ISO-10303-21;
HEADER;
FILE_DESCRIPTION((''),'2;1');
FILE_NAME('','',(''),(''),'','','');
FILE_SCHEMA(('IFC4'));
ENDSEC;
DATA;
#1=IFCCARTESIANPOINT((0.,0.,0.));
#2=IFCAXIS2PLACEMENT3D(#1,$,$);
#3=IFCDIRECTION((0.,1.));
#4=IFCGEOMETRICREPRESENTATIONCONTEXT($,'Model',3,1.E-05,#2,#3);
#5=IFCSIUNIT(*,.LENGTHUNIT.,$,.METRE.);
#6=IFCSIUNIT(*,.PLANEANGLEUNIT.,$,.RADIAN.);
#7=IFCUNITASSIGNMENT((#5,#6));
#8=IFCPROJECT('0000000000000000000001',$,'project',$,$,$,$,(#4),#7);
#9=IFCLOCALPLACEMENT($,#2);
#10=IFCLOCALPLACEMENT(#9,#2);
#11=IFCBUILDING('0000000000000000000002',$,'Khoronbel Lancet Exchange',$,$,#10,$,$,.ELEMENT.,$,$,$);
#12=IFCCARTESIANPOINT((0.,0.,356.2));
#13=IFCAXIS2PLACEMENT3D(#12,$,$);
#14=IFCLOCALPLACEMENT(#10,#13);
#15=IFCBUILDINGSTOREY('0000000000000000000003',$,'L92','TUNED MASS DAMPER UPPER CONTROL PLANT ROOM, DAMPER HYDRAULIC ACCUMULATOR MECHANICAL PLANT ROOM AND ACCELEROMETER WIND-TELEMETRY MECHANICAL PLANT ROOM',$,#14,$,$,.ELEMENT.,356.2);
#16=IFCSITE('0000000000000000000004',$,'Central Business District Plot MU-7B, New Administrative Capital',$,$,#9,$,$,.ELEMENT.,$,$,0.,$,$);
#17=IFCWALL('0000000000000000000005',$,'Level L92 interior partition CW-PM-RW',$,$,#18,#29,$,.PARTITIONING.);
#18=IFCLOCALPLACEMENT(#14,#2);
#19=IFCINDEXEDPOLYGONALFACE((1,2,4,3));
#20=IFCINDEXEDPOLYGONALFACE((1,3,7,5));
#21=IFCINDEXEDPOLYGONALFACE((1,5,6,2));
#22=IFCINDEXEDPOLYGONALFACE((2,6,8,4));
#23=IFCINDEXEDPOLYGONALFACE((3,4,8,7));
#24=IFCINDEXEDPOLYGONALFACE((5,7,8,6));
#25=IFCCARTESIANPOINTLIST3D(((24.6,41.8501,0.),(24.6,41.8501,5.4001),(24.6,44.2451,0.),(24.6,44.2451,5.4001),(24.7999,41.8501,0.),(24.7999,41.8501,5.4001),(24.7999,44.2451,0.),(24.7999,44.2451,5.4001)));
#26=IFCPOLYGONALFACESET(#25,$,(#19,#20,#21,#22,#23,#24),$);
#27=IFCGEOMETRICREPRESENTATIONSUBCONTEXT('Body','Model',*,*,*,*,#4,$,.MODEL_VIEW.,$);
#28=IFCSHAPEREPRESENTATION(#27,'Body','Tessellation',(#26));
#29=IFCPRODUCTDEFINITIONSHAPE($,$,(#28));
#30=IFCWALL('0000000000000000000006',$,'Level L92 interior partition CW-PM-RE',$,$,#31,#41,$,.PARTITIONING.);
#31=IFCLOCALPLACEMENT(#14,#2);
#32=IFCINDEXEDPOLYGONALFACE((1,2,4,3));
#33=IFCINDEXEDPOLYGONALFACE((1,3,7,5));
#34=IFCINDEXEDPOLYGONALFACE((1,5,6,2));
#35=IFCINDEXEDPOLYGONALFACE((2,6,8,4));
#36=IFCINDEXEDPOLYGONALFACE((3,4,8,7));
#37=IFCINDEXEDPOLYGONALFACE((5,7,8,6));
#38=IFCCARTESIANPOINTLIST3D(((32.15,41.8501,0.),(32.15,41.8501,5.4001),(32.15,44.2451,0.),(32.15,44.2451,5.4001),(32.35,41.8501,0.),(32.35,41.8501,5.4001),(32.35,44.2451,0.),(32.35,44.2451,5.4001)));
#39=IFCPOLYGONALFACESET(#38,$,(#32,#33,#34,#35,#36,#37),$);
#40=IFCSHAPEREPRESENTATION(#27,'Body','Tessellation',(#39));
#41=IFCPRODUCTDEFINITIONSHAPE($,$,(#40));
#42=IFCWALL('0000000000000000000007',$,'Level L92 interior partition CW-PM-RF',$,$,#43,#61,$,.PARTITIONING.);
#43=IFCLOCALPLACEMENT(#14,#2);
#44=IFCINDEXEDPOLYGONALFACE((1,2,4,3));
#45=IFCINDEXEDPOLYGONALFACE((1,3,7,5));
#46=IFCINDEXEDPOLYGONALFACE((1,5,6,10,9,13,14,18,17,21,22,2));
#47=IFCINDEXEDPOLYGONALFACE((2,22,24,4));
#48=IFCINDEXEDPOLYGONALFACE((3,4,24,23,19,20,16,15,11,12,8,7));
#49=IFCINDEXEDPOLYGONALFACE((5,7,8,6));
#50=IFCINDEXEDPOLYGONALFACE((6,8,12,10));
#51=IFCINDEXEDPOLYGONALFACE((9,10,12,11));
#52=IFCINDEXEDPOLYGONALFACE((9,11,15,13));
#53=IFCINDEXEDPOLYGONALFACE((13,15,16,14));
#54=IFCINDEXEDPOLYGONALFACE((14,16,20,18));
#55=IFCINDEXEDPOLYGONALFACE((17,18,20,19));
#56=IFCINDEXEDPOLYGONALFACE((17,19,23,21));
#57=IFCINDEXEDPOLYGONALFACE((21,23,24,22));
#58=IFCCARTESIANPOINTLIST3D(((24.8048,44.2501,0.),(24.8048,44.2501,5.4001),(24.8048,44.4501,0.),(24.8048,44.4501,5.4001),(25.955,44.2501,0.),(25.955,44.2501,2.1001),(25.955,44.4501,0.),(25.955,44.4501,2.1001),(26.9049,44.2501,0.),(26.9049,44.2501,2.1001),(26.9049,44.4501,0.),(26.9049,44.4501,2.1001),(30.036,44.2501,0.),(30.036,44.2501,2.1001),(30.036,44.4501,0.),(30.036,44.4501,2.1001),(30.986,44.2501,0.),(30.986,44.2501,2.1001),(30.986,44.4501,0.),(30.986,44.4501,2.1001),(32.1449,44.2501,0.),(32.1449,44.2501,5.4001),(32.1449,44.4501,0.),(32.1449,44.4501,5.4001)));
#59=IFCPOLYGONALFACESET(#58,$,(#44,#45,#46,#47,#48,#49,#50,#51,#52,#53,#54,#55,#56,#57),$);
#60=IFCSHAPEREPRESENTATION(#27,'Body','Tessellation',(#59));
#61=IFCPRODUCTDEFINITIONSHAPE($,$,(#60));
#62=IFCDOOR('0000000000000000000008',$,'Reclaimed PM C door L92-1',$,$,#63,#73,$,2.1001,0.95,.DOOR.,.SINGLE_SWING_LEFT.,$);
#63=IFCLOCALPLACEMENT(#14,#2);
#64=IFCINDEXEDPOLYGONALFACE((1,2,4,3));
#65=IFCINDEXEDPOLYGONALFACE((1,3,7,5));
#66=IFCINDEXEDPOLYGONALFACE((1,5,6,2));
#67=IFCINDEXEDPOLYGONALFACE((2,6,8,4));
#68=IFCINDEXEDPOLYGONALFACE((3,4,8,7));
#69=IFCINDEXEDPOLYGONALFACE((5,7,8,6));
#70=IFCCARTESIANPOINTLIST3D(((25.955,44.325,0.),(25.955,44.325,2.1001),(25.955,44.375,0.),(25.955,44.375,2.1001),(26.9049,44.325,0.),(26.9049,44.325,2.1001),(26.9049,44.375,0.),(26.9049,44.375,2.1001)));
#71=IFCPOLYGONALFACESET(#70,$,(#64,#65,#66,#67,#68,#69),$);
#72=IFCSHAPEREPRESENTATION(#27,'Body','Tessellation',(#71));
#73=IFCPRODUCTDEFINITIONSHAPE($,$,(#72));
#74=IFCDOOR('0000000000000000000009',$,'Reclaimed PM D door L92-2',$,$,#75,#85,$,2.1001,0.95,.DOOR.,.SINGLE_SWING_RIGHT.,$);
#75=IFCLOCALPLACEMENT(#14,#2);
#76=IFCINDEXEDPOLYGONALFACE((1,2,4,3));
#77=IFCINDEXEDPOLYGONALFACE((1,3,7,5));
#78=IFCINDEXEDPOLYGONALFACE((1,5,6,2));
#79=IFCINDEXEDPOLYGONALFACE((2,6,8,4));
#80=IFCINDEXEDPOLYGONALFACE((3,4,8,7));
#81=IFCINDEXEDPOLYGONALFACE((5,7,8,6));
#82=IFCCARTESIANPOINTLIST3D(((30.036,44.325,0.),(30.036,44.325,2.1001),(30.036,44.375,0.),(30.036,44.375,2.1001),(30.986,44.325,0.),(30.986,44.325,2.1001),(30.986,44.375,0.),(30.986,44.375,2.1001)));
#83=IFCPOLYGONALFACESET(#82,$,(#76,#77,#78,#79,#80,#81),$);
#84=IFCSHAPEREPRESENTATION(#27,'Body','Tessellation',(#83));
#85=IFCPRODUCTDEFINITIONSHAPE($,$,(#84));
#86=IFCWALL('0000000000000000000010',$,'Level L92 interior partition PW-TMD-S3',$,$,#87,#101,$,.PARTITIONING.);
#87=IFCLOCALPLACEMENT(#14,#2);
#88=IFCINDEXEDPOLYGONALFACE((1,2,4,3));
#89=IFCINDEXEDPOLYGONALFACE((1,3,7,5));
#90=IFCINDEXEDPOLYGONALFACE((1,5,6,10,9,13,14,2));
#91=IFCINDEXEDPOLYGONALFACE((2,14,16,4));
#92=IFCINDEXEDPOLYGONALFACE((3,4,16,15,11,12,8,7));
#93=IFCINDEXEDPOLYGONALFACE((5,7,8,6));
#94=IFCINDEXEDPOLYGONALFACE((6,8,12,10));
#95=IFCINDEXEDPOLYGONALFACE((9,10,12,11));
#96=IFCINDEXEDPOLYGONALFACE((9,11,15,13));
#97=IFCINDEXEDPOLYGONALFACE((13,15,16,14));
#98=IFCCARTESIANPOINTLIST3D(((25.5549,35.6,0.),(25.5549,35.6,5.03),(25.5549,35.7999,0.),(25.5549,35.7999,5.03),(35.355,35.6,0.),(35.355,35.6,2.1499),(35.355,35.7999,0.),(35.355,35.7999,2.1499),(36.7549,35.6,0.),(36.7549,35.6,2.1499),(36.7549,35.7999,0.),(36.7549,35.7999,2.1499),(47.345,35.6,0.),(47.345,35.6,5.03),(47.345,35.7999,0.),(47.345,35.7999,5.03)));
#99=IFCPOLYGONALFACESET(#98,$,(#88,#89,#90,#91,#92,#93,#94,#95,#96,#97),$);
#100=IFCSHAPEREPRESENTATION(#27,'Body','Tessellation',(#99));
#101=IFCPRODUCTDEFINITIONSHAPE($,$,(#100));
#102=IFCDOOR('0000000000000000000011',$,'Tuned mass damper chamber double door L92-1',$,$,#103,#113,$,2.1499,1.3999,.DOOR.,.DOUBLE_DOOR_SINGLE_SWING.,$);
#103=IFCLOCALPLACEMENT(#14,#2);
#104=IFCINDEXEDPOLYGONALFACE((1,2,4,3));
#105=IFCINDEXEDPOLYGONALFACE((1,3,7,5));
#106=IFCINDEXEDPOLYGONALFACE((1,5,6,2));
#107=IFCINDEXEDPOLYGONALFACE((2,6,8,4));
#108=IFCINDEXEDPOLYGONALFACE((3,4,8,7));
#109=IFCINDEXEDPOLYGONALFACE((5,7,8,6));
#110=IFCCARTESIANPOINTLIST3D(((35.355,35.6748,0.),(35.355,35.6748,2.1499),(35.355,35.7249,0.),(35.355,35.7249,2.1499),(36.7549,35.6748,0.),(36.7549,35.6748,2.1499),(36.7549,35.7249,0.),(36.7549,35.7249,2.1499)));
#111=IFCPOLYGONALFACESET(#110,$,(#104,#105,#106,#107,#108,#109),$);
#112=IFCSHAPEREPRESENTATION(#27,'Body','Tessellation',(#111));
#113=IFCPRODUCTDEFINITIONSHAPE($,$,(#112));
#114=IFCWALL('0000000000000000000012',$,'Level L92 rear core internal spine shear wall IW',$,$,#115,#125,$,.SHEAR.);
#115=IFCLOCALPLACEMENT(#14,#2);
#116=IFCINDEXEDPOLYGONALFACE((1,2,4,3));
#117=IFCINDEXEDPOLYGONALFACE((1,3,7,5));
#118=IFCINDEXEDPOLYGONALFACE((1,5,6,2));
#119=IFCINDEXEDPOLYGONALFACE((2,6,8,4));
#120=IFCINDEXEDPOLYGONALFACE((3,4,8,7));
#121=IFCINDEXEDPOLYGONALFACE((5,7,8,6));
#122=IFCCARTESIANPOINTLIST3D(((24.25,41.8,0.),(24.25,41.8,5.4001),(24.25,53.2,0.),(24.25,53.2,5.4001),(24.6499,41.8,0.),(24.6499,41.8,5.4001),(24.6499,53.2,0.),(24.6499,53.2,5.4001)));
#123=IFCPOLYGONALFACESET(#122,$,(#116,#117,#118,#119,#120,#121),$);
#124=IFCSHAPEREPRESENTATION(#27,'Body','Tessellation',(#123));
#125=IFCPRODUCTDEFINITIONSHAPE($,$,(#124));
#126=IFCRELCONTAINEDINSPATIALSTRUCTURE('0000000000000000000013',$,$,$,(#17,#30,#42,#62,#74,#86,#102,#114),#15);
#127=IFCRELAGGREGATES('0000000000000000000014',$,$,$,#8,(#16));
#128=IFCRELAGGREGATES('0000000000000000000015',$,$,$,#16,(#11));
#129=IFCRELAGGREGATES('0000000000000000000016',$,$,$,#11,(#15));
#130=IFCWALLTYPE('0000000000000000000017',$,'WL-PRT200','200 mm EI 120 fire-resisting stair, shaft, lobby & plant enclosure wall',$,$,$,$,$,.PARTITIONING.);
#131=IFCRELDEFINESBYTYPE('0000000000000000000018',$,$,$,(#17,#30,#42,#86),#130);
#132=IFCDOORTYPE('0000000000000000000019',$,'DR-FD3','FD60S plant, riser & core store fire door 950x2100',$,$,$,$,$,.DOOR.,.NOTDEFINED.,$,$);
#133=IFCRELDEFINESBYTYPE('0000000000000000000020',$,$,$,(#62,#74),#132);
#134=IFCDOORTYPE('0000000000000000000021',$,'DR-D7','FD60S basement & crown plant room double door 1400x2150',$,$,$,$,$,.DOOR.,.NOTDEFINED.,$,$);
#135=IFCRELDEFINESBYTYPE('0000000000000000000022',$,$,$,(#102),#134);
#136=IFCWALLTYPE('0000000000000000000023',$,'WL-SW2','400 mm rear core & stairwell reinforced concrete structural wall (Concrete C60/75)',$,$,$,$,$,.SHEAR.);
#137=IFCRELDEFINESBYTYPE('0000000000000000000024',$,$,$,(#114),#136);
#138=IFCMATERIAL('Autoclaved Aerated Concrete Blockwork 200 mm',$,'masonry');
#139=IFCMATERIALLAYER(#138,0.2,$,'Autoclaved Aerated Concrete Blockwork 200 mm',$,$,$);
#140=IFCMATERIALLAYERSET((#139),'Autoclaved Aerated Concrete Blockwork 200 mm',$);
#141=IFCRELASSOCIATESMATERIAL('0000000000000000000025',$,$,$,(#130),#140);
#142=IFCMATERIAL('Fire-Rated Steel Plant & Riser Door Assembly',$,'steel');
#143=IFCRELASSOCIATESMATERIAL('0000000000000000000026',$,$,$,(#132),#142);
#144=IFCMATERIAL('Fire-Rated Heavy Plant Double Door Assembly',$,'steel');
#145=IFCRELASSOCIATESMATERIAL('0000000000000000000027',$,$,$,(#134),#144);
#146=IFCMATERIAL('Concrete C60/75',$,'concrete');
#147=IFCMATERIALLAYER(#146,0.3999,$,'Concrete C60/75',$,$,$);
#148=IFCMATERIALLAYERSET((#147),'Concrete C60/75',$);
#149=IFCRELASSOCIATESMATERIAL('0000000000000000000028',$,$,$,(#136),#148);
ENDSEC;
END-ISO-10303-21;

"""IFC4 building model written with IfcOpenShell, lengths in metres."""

from ifc_helpers import new_model, si_unit, direction, frame, frame_2d, origin, place, context, subcontext, project, spatial, rectangle, extrude, material, layer, layer_set, type_object, element, fill, save


model = new_model("IFC4")

# Units and contexts
model_context = context("Model", 3, precision=1e-05, world=origin(), true_north=direction((0.0, 1.0)))
body_context = subcontext(model_context, "Body", "Model", "MODEL_VIEW")
ifc_project = project(units=[si_unit("LENGTHUNIT", "METRE"), si_unit("PLANEANGLEUNIT", "RADIAN")], contexts=[model_context])

# Site, building, storey
site_placement = place(None, origin())
site = spatial("IfcSite", under=ifc_project, at=site_placement, Name="Central Business District Plot MU-7B, New Administrative Capital", CompositionType="ELEMENT", RefElevation=0.0)
building_placement = place(site_placement, origin())
building = spatial("IfcBuilding", under=site, at=building_placement, Name="Khoronbel Lancet Exchange", CompositionType="ELEMENT")
storey_placement = place(building_placement, frame((0.0, 0.0, 356.2)))
storey = spatial("IfcBuildingStorey", under=building, at=storey_placement, Name="L92", Description="TUNED MASS DAMPER UPPER CONTROL PLANT ROOM, DAMPER HYDRAULIC ACCUMULATOR MECHANICAL PLANT ROOM AND ACCELEROMETER WIND-TELEMETRY MECHANICAL PLANT ROOM", CompositionType="ELEMENT", Elevation=356.2)

# Shared definitions
ifc_material_1 = material(Name="Concrete C60/75", Category="concrete")

# Shared definitions
ifc_material_2 = material(Name="Autoclaved Aerated Concrete Blockwork 200 mm", Category="masonry")
ifc_layer_1 = layer(ifc_material_2, 0.2, Name="Autoclaved Aerated Concrete Blockwork 200 mm")
ifc_layer_set_1 = layer_set([ifc_layer_1], Name="Autoclaved Aerated Concrete Blockwork 200 mm")
wall_type_1 = type_object("IfcWallType", Name="WL-PRT200", Description="200 mm EI 120 fire-resisting stair, shaft, lobby & plant enclosure wall", PredefinedType="PARTITIONING", material=ifc_layer_set_1)

# Walls
for number, where, z_axis, x_axis, name in (
    (1, (24.7, 41.8501, 0.0), (0.0, 0.0, 1.0), (0.0, 1.0, 0.0), "Level L92 interior partition CW-PM-RW"),
    (2, (32.25, 41.8501, 0.0), (0.0, 0.0, 1.0), (0.0, 1.0, 0.0), "Level L92 interior partition CW-PM-RE"),
):
    element("IfcWall", number, at=place(storey_placement, frame(where, z_axis=z_axis, x_axis=x_axis)), inside=storey, type_object=wall_type_1, Name=name, PredefinedType="PARTITIONING", context=body_context, shape_type="SweptSolid", body=[
        extrude(rectangle(XDim=2.395, YDim=0.2, at=frame_2d((1.1975, 0.0))), origin(), (0.0, 0.0, 1.0), 5.4001),
    ])

# Wall, openings, doors
wall_1_placement = place(storey_placement, frame((24.8049, 44.3501, 0.0), z_axis=(0.0, 0.0, 1.0), x_axis=(1.0, 0.0, 0.0)))
wall_1 = element("IfcWall", 3, at=wall_1_placement, inside=storey, type_object=wall_type_1, Name="Level L92 interior partition CW-PM-RF", PredefinedType="PARTITIONING", context=body_context, shape_type="SweptSolid", body=[
    extrude(rectangle(XDim=7.3401, YDim=0.2, at=frame_2d((3.6699, 0.0))), origin(), (0.0, 0.0, 1.0), 5.4001),
])
opening_1_placement = place(wall_1_placement, frame((1.1499, 0.0, 0.0)))
opening_1 = element("IfcOpeningElement", 4, at=opening_1_placement, cuts=wall_1, PredefinedType="OPENING", context=body_context, shape_type="SweptSolid", body=[
    extrude(rectangle(XDim=0.95, YDim=2.1001, at=frame_2d((0.4751, 1.05))), frame((0.0, 0.1099, 0.0), z_axis=(0.0, -1.0, 0.0), x_axis=(1.0, 0.0, 0.0)), (0.0, 0.0, 1.0), 0.22),
])
opening_2_placement = place(wall_1_placement, frame((5.231, 0.0, 0.0)))
opening_2 = element("IfcOpeningElement", 5, at=opening_2_placement, cuts=wall_1, PredefinedType="OPENING", context=body_context, shape_type="SweptSolid", body=[
    extrude(rectangle(XDim=0.95, YDim=2.1001, at=frame_2d((0.4751, 1.05))), frame((0.0, 0.1099, 0.0), z_axis=(0.0, -1.0, 0.0), x_axis=(1.0, 0.0, 0.0)), (0.0, 0.0, 1.0), 0.22),
])
ifc_material_3 = material(Name="Fire-Rated Steel Plant & Riser Door Assembly", Category="steel")
door_type_1 = type_object("IfcDoorType", Name="DR-FD3", Description="FD60S plant, riser & core store fire door 950x2100", OperationType="NOTDEFINED", PredefinedType="DOOR", material=ifc_material_3)
door_1_placement = place(opening_1_placement, origin())
door_1 = element("IfcDoor", 6, at=door_1_placement, inside=storey, type_object=door_type_1, Name="Reclaimed PM C door L92-1", OperationType="SINGLE_SWING_LEFT", OverallHeight=2.1001, OverallWidth=0.95, PredefinedType="DOOR", context=body_context, shape_type="SweptSolid", body=[
    extrude(rectangle(XDim=0.95, YDim=2.1001, at=frame_2d((0.4751, 1.05))), frame((0.0, 0.0249, 0.0), z_axis=(0.0, -1.0, 0.0), x_axis=(1.0, 0.0, 0.0)), (0.0, 0.0, 1.0), 0.05),
])
fill(opening_1, door_1)
door_2_placement = place(opening_2_placement, origin())
door_2 = element("IfcDoor", 7, at=door_2_placement, inside=storey, type_object=door_type_1, Name="Reclaimed PM D door L92-2", OperationType="SINGLE_SWING_RIGHT", OverallHeight=2.1001, OverallWidth=0.95, PredefinedType="DOOR", context=body_context, shape_type="SweptSolid", body=[
    extrude(rectangle(XDim=0.95, YDim=2.1001, at=frame_2d((0.4751, 1.05))), frame((0.0, 0.0249, 0.0), z_axis=(0.0, -1.0, 0.0), x_axis=(1.0, 0.0, 0.0)), (0.0, 0.0, 1.0), 0.05),
])
fill(opening_2, door_2)

# Wall, opening, door
wall_2_placement = place(storey_placement, frame((25.5549, 35.7, 0.0), z_axis=(0.0, 0.0, 1.0), x_axis=(1.0, 0.0, 0.0)))
wall_2 = element("IfcWall", 8, at=wall_2_placement, inside=storey, type_object=wall_type_1, Name="Level L92 interior partition PW-TMD-S3", PredefinedType="PARTITIONING", context=body_context, shape_type="SweptSolid", body=[
    extrude(rectangle(XDim=21.79, YDim=0.2, at=frame_2d((10.895, 0.0))), origin(), (0.0, 0.0, 1.0), 5.03),
])
opening_3_placement = place(wall_2_placement, frame((9.8, 0.0, 0.0)))
opening_3 = element("IfcOpeningElement", 9, at=opening_3_placement, cuts=wall_2, PredefinedType="OPENING", context=body_context, shape_type="SweptSolid", body=[
    extrude(rectangle(XDim=1.3999, YDim=2.1499, at=frame_2d((0.7, 1.075))), frame((0.0, 0.1099, 0.0), z_axis=(0.0, -1.0, 0.0), x_axis=(1.0, 0.0, 0.0)), (0.0, 0.0, 1.0), 0.22),
])
ifc_material_4 = material(Name="Fire-Rated Heavy Plant Double Door Assembly", Category="steel")
door_type_2 = type_object("IfcDoorType", Name="DR-D7", Description="FD60S basement & crown plant room double door 1400x2150", OperationType="NOTDEFINED", PredefinedType="DOOR", material=ifc_material_4)
door_3_placement = place(opening_3_placement, origin())
door_3 = element("IfcDoor", 10, at=door_3_placement, inside=storey, type_object=door_type_2, Name="Tuned mass damper chamber double door L92-1", OperationType="DOUBLE_DOOR_SINGLE_SWING", OverallHeight=2.1499, OverallWidth=1.3999, PredefinedType="DOOR", context=body_context, shape_type="SweptSolid", body=[
    extrude(rectangle(XDim=1.3999, YDim=2.1499, at=frame_2d((0.7, 1.075))), frame((0.0, 0.0249, 0.0), z_axis=(0.0, -1.0, 0.0), x_axis=(1.0, 0.0, 0.0)), (0.0, 0.0, 1.0), 0.05),
])
fill(opening_3, door_3)

# Wall
ifc_layer_2 = layer(ifc_material_1, 0.3999, Name="Concrete C60/75")
ifc_layer_set_2 = layer_set([ifc_layer_2], Name="Concrete C60/75")
wall_type_2 = type_object("IfcWallType", Name="WL-SW2", Description="400 mm rear core & stairwell reinforced concrete structural wall (Concrete C60/75)", PredefinedType="SHEAR", material=ifc_layer_set_2)
wall_3_placement = place(storey_placement, frame((24.45, 41.8, 0.0), z_axis=(0.0, 0.0, 1.0), x_axis=(0.0, 1.0, 0.0)))
element("IfcWall", 11, at=wall_3_placement, inside=storey, type_object=wall_type_2, Name="Level L92 rear core internal spine shear wall IW", PredefinedType="SHEAR", context=body_context, shape_type="SweptSolid", body=[
    extrude(rectangle(XDim=11.3999, YDim=0.3999, at=frame_2d((5.7, 0.0))), origin(), (0.0, 0.0, 1.0), 5.4001),
])

save(model, "model.ifc")
